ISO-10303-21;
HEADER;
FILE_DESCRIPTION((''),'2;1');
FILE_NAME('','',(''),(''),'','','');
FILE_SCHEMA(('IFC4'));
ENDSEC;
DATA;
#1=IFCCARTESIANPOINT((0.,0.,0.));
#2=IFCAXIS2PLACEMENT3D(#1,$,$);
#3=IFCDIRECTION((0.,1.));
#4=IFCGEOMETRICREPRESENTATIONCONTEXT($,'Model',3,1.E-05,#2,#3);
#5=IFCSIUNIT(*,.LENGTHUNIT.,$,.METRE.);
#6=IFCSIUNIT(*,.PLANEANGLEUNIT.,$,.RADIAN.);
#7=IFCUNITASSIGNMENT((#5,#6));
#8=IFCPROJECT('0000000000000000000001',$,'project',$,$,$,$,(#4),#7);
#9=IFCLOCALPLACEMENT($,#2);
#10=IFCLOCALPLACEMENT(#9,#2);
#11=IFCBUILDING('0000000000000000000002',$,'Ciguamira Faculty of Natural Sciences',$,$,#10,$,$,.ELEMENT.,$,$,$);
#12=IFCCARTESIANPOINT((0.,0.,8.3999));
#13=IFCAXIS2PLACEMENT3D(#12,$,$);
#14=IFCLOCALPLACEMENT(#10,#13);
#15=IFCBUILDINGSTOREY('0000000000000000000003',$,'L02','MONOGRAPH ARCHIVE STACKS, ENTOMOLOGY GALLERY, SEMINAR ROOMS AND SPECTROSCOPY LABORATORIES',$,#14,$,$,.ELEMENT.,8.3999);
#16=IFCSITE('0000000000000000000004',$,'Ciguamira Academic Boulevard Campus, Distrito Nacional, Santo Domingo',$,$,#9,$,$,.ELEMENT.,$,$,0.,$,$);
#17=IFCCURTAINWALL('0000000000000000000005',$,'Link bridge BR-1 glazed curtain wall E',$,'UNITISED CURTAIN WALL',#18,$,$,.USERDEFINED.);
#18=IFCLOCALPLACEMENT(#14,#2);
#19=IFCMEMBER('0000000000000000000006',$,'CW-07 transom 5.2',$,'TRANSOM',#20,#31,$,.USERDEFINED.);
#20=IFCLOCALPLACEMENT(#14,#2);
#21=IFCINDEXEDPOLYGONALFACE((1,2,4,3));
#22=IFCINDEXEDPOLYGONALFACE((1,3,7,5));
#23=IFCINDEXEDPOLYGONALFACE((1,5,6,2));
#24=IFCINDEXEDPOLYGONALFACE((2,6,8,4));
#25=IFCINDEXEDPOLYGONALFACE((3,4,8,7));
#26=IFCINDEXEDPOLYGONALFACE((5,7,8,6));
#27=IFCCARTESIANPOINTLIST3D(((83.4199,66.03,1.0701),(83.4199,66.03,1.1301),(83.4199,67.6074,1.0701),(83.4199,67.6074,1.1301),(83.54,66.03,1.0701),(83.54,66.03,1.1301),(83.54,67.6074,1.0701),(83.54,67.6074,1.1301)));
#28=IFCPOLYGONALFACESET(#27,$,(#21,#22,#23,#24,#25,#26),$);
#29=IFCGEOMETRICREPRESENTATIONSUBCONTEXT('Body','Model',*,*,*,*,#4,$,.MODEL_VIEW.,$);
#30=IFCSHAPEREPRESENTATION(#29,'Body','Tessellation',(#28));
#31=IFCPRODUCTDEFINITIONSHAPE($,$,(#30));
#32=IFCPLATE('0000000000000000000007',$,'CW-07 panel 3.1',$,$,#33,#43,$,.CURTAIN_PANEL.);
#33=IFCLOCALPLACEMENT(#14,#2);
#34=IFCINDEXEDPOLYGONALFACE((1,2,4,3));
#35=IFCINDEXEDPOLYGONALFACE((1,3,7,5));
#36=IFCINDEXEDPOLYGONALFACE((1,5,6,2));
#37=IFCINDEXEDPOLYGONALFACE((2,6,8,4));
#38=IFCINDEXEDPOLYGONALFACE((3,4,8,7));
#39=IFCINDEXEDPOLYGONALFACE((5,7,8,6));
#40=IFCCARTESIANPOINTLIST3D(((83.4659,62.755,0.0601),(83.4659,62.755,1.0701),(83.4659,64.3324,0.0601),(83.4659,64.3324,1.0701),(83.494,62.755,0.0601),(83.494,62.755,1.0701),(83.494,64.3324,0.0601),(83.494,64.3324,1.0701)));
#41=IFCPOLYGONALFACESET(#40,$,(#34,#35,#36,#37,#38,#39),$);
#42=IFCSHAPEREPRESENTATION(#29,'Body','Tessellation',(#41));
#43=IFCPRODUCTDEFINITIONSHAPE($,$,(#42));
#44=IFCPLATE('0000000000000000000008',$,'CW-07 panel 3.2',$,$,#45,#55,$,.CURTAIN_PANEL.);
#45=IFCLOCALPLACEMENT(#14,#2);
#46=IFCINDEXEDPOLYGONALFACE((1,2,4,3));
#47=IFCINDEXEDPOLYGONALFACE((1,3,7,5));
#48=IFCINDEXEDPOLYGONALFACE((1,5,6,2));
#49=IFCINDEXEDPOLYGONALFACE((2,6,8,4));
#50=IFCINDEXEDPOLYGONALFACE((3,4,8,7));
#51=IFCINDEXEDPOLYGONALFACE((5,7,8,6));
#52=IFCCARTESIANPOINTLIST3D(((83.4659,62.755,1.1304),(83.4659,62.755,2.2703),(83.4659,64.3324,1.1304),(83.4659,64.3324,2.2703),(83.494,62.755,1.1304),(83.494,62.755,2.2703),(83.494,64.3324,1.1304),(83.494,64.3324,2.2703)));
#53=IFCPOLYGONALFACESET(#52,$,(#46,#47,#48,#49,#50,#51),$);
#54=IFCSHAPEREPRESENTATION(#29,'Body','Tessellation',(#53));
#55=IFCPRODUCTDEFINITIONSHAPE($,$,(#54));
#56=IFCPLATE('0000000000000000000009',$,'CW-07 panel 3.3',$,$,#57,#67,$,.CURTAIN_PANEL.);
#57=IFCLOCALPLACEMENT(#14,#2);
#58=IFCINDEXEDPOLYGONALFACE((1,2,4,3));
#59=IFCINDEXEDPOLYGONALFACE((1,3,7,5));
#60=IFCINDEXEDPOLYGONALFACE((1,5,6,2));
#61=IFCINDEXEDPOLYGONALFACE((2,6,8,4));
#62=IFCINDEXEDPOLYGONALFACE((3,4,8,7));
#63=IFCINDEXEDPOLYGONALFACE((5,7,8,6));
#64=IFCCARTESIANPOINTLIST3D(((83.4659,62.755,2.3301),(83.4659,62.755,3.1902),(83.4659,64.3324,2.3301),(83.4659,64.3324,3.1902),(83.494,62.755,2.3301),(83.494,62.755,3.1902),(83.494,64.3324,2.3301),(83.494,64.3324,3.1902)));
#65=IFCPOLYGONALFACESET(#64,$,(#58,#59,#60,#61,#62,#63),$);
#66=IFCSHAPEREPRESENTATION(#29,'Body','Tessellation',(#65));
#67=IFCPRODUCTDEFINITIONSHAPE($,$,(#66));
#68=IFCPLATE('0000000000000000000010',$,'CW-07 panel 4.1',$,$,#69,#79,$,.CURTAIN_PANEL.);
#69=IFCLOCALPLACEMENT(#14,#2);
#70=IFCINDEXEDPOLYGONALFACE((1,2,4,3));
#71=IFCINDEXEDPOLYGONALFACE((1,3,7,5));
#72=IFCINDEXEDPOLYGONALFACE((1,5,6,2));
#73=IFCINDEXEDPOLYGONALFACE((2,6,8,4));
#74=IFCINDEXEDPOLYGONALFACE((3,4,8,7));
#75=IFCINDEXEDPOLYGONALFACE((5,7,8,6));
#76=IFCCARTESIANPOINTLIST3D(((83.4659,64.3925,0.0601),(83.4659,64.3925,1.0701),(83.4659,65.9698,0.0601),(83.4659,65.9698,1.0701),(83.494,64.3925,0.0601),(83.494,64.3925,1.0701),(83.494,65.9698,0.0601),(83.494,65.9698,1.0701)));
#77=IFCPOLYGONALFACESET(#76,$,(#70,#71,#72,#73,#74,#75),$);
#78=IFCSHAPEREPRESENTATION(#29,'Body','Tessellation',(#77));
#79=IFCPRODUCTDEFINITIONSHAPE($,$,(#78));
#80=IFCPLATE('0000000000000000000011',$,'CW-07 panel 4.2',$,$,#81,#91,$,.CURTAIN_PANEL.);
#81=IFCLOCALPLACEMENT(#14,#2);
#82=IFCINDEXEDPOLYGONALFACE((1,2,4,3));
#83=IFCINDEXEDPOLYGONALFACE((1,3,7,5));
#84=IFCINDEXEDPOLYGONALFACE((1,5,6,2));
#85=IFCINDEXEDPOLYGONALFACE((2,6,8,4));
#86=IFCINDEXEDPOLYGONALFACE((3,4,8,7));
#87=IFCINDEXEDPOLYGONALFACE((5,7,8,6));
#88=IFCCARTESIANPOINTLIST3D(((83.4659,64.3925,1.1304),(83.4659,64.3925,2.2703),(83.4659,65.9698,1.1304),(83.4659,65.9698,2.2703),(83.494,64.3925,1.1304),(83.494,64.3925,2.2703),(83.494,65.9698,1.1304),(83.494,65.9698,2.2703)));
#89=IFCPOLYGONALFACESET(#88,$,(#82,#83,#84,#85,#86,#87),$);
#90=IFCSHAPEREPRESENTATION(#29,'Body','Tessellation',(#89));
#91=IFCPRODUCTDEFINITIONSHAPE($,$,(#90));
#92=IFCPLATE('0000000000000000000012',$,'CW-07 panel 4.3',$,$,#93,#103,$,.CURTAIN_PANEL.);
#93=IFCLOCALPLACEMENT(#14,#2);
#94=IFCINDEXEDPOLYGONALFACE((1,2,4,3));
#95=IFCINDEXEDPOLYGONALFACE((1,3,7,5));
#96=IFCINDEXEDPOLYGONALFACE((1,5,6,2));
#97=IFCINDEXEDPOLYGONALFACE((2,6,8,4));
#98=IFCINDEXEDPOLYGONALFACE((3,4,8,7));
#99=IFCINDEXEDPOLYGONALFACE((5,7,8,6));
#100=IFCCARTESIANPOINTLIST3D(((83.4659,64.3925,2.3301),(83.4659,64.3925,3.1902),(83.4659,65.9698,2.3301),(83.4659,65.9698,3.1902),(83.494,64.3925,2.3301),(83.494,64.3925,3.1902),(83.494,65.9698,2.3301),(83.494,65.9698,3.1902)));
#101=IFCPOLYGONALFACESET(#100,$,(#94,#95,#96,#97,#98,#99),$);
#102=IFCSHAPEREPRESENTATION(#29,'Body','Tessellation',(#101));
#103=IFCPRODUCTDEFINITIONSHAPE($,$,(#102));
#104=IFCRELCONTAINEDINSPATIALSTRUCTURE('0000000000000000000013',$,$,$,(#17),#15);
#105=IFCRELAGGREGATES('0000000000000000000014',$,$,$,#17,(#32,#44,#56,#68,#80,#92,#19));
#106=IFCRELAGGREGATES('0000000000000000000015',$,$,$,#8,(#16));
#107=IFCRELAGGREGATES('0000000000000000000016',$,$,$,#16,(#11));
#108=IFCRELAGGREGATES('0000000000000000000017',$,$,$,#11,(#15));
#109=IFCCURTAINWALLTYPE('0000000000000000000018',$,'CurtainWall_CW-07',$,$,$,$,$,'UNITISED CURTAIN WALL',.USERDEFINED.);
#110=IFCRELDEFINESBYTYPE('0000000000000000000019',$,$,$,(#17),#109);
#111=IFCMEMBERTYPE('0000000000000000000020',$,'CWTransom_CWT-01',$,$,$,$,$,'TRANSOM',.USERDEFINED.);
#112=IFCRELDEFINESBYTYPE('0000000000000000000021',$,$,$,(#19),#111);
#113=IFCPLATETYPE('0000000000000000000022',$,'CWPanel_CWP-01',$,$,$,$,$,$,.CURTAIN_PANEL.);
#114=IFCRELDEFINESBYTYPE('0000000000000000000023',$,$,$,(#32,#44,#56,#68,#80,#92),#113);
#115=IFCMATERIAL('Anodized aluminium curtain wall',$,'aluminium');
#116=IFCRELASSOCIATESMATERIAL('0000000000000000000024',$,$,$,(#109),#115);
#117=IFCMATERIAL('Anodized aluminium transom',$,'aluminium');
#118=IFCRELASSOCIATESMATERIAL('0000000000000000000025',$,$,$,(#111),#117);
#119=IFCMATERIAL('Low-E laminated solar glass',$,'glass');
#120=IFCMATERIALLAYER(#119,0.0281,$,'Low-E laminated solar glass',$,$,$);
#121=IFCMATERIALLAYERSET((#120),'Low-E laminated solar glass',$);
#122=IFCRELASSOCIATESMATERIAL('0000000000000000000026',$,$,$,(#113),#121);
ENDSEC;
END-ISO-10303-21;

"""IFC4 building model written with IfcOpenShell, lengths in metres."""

from ifc_helpers import new_model, si_unit, direction, frame, origin, origin_2d, place, context, subcontext, project, spatial, rectangle, extrude, material, layer, layer_set, material_profile, profile_set, type_object, element, aggregate, save


model = new_model("IFC4")

# Units and contexts
model_context = context("Model", 3, precision=1e-05, world=origin(), true_north=direction((0.0, 1.0)))
body_context = subcontext(model_context, "Body", "Model", "MODEL_VIEW")
ifc_project = project(units=[si_unit("LENGTHUNIT", "METRE"), si_unit("PLANEANGLEUNIT", "RADIAN")], contexts=[model_context])

# Site, building, storey
site_placement = place(None, origin())
site = spatial("IfcSite", under=ifc_project, at=site_placement, Name="Ciguamira Academic Boulevard Campus, Distrito Nacional, Santo Domingo", CompositionType="ELEMENT", RefElevation=0.0)
building_placement = place(site_placement, origin())
building = spatial("IfcBuilding", under=site, at=building_placement, Name="Ciguamira Faculty of Natural Sciences", CompositionType="ELEMENT")
storey_placement = place(building_placement, frame((0.0, 0.0, 8.3999)))
storey = spatial("IfcBuildingStorey", under=building, at=storey_placement, Name="L02", Description="MONOGRAPH ARCHIVE STACKS, ENTOMOLOGY GALLERY, SEMINAR ROOMS AND SPECTROSCOPY LABORATORIES", CompositionType="ELEMENT", Elevation=8.3999)

# Curtain wall
ifc_material_1 = material(Name="Anodized aluminium curtain wall", Category="aluminium")
curtain_wall_type_1 = type_object("IfcCurtainWallType", Name="CurtainWall_CW-07", ElementType="UNITISED CURTAIN WALL", PredefinedType="USERDEFINED", material=ifc_material_1)
curtain_wall_1_placement = place(storey_placement, origin())
curtain_wall_1 = element("IfcCurtainWall", 1, at=curtain_wall_1_placement, inside=storey, type_object=curtain_wall_type_1, Name="Link bridge BR-1 glazed curtain wall E", ObjectType="UNITISED CURTAIN WALL", PredefinedType="USERDEFINED")
ifc_material_2 = material(Name="Anodized aluminium transom", Category="aluminium")
ifc_material_profile_1 = material_profile(ifc_material_2, rectangle(XDim=0.0601, YDim=0.1201, at=origin_2d()), Name="ALU-TRN-60X120")
ifc_profile_set_1 = profile_set([ifc_material_profile_1], Name="Anodized aluminium transom")
member_type_1 = type_object("IfcMemberType", Name="CWTransom_CWT-01", ElementType="TRANSOM", PredefinedType="USERDEFINED", material=ifc_profile_set_1)

# Member
member_1_placement = place(storey_placement, frame((83.48, 66.03, 1.1001), z_axis=(0.0, 1.0, 0.0), x_axis=(0.0, 0.0, 1.0)))
member_1 = element("IfcMember", 2, at=member_1_placement, type_object=member_type_1, Name="CW-07 transom 5.2", ObjectType="TRANSOM", PredefinedType="USERDEFINED", context=body_context, shape_type="SweptSolid", body=[
    extrude(rectangle(XDim=0.0601, YDim=0.1201, at=origin_2d()), origin(), (0.0, 0.0, 1.0), 1.5774),
])

# Plates
ifc_material_3 = material(Name="Low-E laminated solar glass", Category="glass")
ifc_layer = layer(ifc_material_3, 0.0281, Name="Low-E laminated solar glass")
ifc_layer_set = layer_set([ifc_layer], Name="Low-E laminated solar glass")
plate_type = type_object("IfcPlateType", Name="CWPanel_CWP-01", PredefinedType="CURTAIN_PANEL", material=ifc_layer_set)
plate_1_placement = place(storey_placement, frame((83.48, 63.5437, 0.0601), z_axis=(0.0, 0.0, 1.0), x_axis=(0.0, 1.0, 0.0)))
plate_1 = element("IfcPlate", 3, at=plate_1_placement, type_object=plate_type, Name="CW-07 panel 3.1", PredefinedType="CURTAIN_PANEL", context=body_context, shape_type="SweptSolid", body=[
    extrude(rectangle(XDim=1.5774, YDim=0.0281, at=origin_2d()), origin(), (0.0, 0.0, 1.0), 1.01),
])
plate_2_placement = place(storey_placement, frame((83.48, 63.5437, 1.1304), z_axis=(0.0, 0.0, 1.0), x_axis=(0.0, 1.0, 0.0)))
plate_2 = element("IfcPlate", 4, at=plate_2_placement, type_object=plate_type, Name="CW-07 panel 3.2", PredefinedType="CURTAIN_PANEL", context=body_context, shape_type="SweptSolid", body=[
    extrude(rectangle(XDim=1.5774, YDim=0.0281, at=origin_2d()), origin(), (0.0, 0.0, 1.0), 1.1399),
])
plate_3_placement = place(storey_placement, frame((83.48, 63.5437, 2.3301), z_axis=(0.0, 0.0, 1.0), x_axis=(0.0, 1.0, 0.0)))
plate_3 = element("IfcPlate", 5, at=plate_3_placement, type_object=plate_type, Name="CW-07 panel 3.3", PredefinedType="CURTAIN_PANEL", context=body_context, shape_type="SweptSolid", body=[
    extrude(rectangle(XDim=1.5774, YDim=0.0281, at=origin_2d()), origin(), (0.0, 0.0, 1.0), 0.8601),
])
plate_4_placement = place(storey_placement, frame((83.48, 65.1812, 0.0601), z_axis=(0.0, 0.0, 1.0), x_axis=(0.0, 1.0, 0.0)))
plate_4 = element("IfcPlate", 6, at=plate_4_placement, type_object=plate_type, Name="CW-07 panel 4.1", PredefinedType="CURTAIN_PANEL", context=body_context, shape_type="SweptSolid", body=[
    extrude(rectangle(XDim=1.5774, YDim=0.0281, at=origin_2d()), origin(), (0.0, 0.0, 1.0), 1.01),
])
plate_5_placement = place(storey_placement, frame((83.48, 65.1812, 1.1304), z_axis=(0.0, 0.0, 1.0), x_axis=(0.0, 1.0, 0.0)))
plate_5 = element("IfcPlate", 7, at=plate_5_placement, type_object=plate_type, Name="CW-07 panel 4.2", PredefinedType="CURTAIN_PANEL", context=body_context, shape_type="SweptSolid", body=[
    extrude(rectangle(XDim=1.5774, YDim=0.0281, at=origin_2d()), origin(), (0.0, 0.0, 1.0), 1.1399),
])
plate_6_placement = place(storey_placement, frame((83.48, 65.1812, 2.3301), z_axis=(0.0, 0.0, 1.0), x_axis=(0.0, 1.0, 0.0)))
plate_6 = element("IfcPlate", 8, at=plate_6_placement, type_object=plate_type, Name="CW-07 panel 4.3", PredefinedType="CURTAIN_PANEL", context=body_context, shape_type="SweptSolid", body=[
    extrude(rectangle(XDim=1.5774, YDim=0.0281, at=origin_2d()), origin(), (0.0, 0.0, 1.0), 0.8601),
])
aggregate(curtain_wall_1, [plate_1, plate_2, plate_3, plate_4, plate_5, plate_6, member_1])

save(model, "model.ifc")
